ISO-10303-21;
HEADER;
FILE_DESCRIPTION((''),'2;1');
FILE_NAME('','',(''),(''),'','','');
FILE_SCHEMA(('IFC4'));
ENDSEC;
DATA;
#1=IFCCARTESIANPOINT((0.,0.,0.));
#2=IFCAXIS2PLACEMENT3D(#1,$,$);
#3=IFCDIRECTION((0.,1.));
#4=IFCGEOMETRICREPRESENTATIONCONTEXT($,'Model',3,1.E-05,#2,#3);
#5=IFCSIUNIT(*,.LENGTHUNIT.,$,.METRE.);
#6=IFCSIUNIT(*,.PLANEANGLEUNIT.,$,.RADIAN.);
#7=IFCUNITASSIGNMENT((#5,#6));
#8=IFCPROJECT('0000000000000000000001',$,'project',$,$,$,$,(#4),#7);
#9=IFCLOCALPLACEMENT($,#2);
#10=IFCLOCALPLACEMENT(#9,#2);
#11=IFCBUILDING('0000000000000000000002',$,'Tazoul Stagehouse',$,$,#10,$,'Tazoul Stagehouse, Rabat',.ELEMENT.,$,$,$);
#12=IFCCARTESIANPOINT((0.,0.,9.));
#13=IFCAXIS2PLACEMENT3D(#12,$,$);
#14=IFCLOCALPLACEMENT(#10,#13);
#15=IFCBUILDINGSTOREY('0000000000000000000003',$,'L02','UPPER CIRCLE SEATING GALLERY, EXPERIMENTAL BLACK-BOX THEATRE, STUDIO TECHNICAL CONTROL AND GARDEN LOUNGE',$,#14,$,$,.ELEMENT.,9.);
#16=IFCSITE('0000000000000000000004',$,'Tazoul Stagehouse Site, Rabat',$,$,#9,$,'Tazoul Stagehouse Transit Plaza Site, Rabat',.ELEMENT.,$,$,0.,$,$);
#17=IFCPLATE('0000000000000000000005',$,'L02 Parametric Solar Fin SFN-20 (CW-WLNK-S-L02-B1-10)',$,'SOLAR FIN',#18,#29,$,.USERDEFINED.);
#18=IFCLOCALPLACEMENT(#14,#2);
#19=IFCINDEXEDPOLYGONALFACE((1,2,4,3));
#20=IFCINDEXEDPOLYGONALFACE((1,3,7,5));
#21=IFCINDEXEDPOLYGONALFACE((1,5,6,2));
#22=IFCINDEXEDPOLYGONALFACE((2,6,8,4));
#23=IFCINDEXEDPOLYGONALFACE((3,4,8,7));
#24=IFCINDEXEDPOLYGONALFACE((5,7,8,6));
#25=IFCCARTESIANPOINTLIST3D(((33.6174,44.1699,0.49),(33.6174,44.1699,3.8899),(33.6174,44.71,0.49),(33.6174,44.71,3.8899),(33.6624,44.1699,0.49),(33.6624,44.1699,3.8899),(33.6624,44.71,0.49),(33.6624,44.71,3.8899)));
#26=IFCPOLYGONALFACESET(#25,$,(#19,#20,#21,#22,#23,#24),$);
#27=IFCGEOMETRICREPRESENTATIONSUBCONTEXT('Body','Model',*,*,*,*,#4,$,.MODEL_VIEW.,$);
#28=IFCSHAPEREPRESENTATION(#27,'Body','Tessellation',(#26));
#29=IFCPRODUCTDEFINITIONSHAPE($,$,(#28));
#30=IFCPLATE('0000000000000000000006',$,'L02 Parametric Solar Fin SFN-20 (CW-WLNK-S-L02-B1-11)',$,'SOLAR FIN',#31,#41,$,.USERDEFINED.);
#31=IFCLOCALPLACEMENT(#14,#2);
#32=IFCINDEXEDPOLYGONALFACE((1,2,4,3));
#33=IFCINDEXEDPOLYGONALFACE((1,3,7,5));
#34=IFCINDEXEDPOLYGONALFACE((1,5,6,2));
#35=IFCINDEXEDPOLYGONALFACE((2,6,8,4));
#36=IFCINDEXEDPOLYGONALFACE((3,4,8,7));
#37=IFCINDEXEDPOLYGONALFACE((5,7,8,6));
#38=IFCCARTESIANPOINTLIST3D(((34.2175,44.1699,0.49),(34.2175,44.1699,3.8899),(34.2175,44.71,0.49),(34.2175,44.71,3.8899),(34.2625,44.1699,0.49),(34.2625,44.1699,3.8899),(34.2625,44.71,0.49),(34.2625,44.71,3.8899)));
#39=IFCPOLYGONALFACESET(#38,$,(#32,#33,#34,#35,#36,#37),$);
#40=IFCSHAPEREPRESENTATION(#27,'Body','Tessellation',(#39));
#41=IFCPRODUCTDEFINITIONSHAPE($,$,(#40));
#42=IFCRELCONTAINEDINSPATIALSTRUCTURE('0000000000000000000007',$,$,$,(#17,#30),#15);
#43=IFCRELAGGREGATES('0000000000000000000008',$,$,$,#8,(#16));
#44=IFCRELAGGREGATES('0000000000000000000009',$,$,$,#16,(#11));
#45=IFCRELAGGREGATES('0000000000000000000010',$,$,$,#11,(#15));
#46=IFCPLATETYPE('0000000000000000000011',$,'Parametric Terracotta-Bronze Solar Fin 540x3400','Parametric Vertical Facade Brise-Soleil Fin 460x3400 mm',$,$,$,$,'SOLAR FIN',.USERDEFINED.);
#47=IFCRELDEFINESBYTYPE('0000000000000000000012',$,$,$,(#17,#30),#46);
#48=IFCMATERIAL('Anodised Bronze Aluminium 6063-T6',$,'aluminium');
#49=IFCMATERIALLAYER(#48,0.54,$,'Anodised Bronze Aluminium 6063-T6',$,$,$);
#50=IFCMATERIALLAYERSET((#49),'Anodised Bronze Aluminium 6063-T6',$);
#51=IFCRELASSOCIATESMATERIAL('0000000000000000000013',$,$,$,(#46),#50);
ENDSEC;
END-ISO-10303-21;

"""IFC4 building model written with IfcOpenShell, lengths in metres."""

from ifc_helpers import new_model, si_unit, direction, frame, origin, origin_2d, place, context, subcontext, project, spatial, rectangle, extrude, material, layer, layer_set, type_object, element, save


model = new_model("IFC4")

# Units and contexts
model_context = context("Model", 3, precision=1e-05, world=origin(), true_north=direction((0.0, 1.0)))
body_context = subcontext(model_context, "Body", "Model", "MODEL_VIEW")
ifc_project = project(units=[si_unit("LENGTHUNIT", "METRE"), si_unit("PLANEANGLEUNIT", "RADIAN")], contexts=[model_context])

# Site, building, storey
site_placement = place(None, origin())
site = spatial("IfcSite", under=ifc_project, at=site_placement, Name="Tazoul Stagehouse Site, Rabat", LongName="Tazoul Stagehouse Transit Plaza Site, Rabat", CompositionType="ELEMENT", RefElevation=0.0)
building_placement = place(site_placement, origin())
building = spatial("IfcBuilding", under=site, at=building_placement, Name="Tazoul Stagehouse", LongName="Tazoul Stagehouse, Rabat", CompositionType="ELEMENT")
storey_placement = place(building_placement, frame((0.0, 0.0, 9.0)))
storey = spatial("IfcBuildingStorey", under=building, at=storey_placement, Name="L02", Description="UPPER CIRCLE SEATING GALLERY, EXPERIMENTAL BLACK-BOX THEATRE, STUDIO TECHNICAL CONTROL AND GARDEN LOUNGE", CompositionType="ELEMENT", Elevation=9.0)

# Plates
ifc_material = material(Name="Anodised Bronze Aluminium 6063-T6", Category="aluminium")
ifc_layer_1 = layer(ifc_material, 0.54, Name="Anodised Bronze Aluminium 6063-T6")
ifc_layer_set_1 = layer_set([ifc_layer_1], Name="Anodised Bronze Aluminium 6063-T6")
plate_type_1 = type_object("IfcPlateType", Name="Parametric Terracotta-Bronze Solar Fin 540x3400", Description="Parametric Vertical Facade Brise-Soleil Fin 460x3400 mm", ElementType="SOLAR FIN", PredefinedType="USERDEFINED", material=ifc_layer_set_1)
for number, where, z_axis, x_axis, name in (
    (1, (33.6399, 44.4399, 0.49), (0.0, 0.0, 1.0), (1.0, 0.0, 0.0), "L02 Parametric Solar Fin SFN-20 (CW-WLNK-S-L02-B1-10)"),
    (2, (34.24, 44.4399, 0.49), (0.0, 0.0, 1.0), (1.0, 0.0, 0.0), "L02 Parametric Solar Fin SFN-20 (CW-WLNK-S-L02-B1-11)"),
):
    element("IfcPlate", number, at=place(storey_placement, frame(where, z_axis=z_axis, x_axis=x_axis)), inside=storey, type_object=plate_type_1, Name=name, ObjectType="SOLAR FIN", PredefinedType="USERDEFINED", context=body_context, shape_type="SweptSolid", body=[
        extrude(rectangle(XDim=0.0449, YDim=0.54, at=origin_2d()), origin(), (0.0, 0.0, 1.0), 3.3999),
    ])

save(model, "model.ifc")
